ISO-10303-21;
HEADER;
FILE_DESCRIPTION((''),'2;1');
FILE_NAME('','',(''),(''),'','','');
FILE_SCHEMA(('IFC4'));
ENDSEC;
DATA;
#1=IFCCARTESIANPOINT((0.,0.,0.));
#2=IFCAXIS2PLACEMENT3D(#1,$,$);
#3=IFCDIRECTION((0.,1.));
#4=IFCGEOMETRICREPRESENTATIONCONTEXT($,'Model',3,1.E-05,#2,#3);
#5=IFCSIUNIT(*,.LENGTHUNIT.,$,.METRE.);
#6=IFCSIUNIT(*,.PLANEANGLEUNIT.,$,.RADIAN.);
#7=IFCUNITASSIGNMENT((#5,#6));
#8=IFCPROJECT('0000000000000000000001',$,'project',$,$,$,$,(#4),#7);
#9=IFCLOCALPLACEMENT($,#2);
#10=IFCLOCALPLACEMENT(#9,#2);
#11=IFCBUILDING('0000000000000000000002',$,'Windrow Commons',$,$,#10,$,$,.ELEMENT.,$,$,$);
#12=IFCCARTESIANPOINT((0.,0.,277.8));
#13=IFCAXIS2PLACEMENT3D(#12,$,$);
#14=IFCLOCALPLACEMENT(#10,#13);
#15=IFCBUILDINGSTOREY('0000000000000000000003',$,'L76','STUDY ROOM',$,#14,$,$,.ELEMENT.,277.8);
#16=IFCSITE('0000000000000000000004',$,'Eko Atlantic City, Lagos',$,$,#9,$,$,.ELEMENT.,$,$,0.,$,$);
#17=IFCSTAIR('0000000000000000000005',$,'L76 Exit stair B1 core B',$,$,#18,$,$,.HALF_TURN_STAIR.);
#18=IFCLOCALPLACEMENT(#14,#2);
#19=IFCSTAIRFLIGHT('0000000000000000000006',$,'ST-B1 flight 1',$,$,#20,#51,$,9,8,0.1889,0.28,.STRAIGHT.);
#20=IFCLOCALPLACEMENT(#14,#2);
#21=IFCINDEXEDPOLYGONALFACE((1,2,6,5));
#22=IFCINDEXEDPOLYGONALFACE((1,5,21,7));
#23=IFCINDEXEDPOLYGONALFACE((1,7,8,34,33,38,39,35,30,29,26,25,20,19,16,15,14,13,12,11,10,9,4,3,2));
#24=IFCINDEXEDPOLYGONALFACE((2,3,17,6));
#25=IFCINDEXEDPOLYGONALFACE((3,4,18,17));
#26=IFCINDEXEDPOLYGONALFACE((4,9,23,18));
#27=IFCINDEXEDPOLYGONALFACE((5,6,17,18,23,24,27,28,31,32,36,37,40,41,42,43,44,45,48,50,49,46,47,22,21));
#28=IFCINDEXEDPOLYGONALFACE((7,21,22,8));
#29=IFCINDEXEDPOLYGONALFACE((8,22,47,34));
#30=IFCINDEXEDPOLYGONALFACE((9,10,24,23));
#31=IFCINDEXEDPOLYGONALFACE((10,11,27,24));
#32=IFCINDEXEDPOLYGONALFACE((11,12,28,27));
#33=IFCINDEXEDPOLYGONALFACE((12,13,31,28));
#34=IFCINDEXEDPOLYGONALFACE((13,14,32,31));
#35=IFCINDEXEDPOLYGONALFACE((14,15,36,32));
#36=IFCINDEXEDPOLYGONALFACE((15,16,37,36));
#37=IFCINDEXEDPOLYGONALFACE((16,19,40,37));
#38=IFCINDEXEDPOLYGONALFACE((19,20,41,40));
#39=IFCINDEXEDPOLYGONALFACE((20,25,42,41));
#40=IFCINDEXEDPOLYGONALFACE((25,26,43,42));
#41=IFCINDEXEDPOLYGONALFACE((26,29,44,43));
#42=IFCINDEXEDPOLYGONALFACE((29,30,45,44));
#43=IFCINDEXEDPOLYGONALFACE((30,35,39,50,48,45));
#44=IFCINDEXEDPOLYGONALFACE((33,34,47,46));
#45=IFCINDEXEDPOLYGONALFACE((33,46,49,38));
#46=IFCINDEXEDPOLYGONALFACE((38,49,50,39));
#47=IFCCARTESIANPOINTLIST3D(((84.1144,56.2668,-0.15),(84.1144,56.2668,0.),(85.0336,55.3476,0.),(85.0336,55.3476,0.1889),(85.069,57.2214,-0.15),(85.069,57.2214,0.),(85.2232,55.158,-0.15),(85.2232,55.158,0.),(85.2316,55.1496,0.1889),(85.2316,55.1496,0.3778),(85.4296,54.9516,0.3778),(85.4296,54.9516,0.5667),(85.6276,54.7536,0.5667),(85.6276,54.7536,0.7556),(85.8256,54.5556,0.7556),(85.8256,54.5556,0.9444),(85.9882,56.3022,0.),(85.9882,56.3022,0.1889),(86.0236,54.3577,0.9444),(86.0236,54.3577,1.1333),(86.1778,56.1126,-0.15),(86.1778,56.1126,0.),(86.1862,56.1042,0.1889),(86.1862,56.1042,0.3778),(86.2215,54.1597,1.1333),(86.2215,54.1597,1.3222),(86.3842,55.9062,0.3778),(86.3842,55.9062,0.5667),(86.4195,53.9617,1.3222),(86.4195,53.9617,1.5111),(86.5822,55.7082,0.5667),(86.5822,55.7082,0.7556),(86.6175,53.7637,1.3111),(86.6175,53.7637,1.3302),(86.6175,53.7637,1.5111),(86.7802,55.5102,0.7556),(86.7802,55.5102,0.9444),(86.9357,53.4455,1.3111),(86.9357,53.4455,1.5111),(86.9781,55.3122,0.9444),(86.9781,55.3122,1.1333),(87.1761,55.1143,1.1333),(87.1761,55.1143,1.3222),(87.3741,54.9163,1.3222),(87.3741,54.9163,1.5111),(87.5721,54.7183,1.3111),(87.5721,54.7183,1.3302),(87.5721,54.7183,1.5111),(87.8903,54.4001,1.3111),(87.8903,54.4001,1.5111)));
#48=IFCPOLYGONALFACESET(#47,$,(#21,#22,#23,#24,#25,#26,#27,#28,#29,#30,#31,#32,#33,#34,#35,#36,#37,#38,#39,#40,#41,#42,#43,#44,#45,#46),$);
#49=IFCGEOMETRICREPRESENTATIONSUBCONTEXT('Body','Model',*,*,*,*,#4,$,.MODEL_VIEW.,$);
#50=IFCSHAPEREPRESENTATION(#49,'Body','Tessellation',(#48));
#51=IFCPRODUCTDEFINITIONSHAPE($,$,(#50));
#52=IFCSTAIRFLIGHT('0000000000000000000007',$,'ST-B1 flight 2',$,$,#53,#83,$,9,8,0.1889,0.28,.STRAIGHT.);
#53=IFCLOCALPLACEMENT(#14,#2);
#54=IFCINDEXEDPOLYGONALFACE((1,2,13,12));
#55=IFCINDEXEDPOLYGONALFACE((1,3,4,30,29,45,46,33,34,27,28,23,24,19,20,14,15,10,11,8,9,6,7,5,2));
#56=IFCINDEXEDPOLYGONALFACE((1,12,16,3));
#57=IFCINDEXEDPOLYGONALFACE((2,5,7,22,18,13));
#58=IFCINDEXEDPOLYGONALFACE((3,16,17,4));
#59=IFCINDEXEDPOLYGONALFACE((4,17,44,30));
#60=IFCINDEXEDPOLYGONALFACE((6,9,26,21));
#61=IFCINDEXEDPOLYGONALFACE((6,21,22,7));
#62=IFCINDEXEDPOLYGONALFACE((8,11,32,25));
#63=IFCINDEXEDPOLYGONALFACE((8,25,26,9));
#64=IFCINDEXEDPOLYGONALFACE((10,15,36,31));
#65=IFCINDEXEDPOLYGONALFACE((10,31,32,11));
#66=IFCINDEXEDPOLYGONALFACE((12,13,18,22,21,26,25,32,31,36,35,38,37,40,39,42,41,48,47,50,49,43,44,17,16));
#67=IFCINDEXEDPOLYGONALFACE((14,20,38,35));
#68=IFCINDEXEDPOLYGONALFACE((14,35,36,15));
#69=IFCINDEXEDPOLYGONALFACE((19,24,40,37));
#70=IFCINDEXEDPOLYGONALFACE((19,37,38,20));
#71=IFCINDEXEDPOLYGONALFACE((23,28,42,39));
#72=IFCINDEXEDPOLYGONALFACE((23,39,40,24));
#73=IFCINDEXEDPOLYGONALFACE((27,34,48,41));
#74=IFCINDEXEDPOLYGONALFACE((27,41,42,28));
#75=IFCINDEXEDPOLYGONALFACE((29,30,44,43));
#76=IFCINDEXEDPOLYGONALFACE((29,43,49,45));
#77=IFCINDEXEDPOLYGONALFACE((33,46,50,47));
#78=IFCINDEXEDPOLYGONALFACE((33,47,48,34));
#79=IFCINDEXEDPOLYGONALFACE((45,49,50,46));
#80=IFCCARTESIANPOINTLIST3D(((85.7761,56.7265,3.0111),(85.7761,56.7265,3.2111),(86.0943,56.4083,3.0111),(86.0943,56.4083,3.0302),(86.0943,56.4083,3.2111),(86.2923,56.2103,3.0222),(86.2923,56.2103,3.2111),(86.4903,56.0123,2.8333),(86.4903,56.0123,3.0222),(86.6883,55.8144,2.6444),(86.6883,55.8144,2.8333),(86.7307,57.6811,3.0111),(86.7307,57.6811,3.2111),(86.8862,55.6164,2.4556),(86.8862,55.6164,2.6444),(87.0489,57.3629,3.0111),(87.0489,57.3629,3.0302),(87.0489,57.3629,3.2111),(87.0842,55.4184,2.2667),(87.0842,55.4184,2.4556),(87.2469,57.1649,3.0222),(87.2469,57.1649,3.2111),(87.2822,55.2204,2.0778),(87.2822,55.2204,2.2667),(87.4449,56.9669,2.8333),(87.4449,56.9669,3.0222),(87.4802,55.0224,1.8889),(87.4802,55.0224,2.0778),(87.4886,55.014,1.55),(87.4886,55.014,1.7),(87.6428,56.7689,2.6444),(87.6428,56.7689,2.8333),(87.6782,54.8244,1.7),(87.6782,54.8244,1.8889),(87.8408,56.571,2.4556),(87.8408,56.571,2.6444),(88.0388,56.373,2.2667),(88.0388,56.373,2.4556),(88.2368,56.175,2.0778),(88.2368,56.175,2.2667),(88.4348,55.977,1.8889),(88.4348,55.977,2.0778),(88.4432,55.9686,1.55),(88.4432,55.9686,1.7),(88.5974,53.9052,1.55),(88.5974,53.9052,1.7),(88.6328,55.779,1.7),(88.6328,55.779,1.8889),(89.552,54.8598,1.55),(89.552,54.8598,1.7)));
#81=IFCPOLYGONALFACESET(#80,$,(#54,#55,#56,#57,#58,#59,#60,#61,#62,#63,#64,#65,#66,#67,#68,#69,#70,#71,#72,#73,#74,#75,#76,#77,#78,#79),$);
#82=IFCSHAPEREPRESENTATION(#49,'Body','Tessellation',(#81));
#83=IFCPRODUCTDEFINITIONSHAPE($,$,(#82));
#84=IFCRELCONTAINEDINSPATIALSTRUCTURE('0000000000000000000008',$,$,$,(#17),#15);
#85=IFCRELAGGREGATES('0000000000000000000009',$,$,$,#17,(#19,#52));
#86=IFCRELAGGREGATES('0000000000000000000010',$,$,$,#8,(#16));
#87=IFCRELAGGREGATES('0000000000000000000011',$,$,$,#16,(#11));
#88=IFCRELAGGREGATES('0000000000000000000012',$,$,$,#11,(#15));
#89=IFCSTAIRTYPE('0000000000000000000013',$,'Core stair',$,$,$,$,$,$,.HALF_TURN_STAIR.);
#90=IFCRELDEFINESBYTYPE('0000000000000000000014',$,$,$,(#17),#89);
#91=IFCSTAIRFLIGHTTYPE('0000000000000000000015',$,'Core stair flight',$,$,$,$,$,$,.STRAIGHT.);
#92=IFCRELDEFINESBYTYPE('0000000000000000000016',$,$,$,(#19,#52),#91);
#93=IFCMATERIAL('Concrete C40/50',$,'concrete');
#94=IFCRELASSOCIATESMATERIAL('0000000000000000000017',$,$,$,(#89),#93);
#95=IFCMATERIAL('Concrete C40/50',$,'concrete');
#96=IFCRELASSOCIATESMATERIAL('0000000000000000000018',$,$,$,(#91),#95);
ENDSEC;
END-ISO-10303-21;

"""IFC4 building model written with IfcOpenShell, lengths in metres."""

from ifc_helpers import new_model, si_unit, direction, frame, origin, place, context, subcontext, project, spatial, polyline, outline, extrude, material, type_object, element, aggregate, save


model = new_model("IFC4")

# Units and contexts
model_context = context("Model", 3, precision=1e-05, world=origin(), true_north=direction((0.0, 1.0)))
body_context = subcontext(model_context, "Body", "Model", "MODEL_VIEW")
ifc_project = project(units=[si_unit("LENGTHUNIT", "METRE"), si_unit("PLANEANGLEUNIT", "RADIAN")], contexts=[model_context])

# Site, building, storey
site_placement = place(None, origin())
site = spatial("IfcSite", under=ifc_project, at=site_placement, Name="Eko Atlantic City, Lagos", CompositionType="ELEMENT", RefElevation=0.0)
building_placement = place(site_placement, origin())
building = spatial("IfcBuilding", under=site, at=building_placement, Name="Windrow Commons", CompositionType="ELEMENT")
storey_placement = place(building_placement, frame((0.0, 0.0, 277.8)))
storey = spatial("IfcBuildingStorey", under=building, at=storey_placement, Name="L76", Description="STUDY ROOM", CompositionType="ELEMENT", Elevation=277.8)

# Stair, stair flights
ifc_material_1 = material(Name="Concrete C40/50", Category="concrete")
stair_type = type_object("IfcStairType", Name="Core stair", PredefinedType="HALF_TURN_STAIR", material=ifc_material_1)
stair_placement = place(storey_placement, origin())
stair = element("IfcStair", 1, at=stair_placement, inside=storey, type_object=stair_type, Name="L76 Exit stair B1 core B", PredefinedType="HALF_TURN_STAIR")
ifc_material_2 = material(Name="Concrete C40/50", Category="concrete")
stair_flight_type = type_object("IfcStairFlightType", Name="Core stair flight", PredefinedType="STRAIGHT", material=ifc_material_2)
stair_flight_1_placement = place(storey_placement, frame((85.5109, 55.8249, 0.0), z_axis=(0.0, 0.0, 1.0), x_axis=(0.707107, -0.707107, 0.0)))
stair_flight_1 = element("IfcStairFlight", 2, at=stair_flight_1_placement, type_object=stair_flight_type, Name="ST-B1 flight 1", NumberOfRisers=9, NumberOfTreads=8, PredefinedType="STRAIGHT", RiserHeight=0.1889, TreadLength=0.28, context=body_context, shape_type="SweptSolid", body=[
    extrude(outline(polyline([(-1.3, -0.15), (-1.3, 0.0), (0.0, 0.0), (0.0, 0.1889), (0.28, 0.1889), (0.28, 0.3778), (0.56, 0.3778), (0.56, 0.5667), (0.84, 0.5667), (0.84, 0.7556), (1.12, 0.7556), (1.12, 0.9444), (1.4, 0.9444), (1.4, 1.1333), (1.68, 1.1333), (1.68, 1.3222), (1.96, 1.3222), (1.96, 1.5111), (2.24, 1.5111), (2.69, 1.5111), (2.69, 1.3111), (2.24, 1.3111), (2.24, 1.3302), (0.2682, 0.0), (0.2682, -0.15), (-1.3, -0.15)])), frame((0.0, 0.675, 0.0), z_axis=(0.0, -1.0, 0.0), x_axis=(1.0, 0.0, 0.0)), (0.0, 0.0, 1.0), 1.35),
])
stair_flight_2_placement = place(storey_placement, frame((88.1555, 55.3017, 1.7), z_axis=(0.0, 0.0, 1.0), x_axis=(-0.707107, 0.707107, 0.0)))
stair_flight_2 = element("IfcStairFlight", 3, at=stair_flight_2_placement, type_object=stair_flight_type, Name="ST-B1 flight 2", NumberOfRisers=9, NumberOfTreads=8, PredefinedType="STRAIGHT", RiserHeight=0.1889, TreadLength=0.28, context=body_context, shape_type="SweptSolid", body=[
    extrude(outline(polyline([(-1.3, -0.15), (-1.3, 0.0), (0.0, 0.0), (0.0, 0.1889), (0.28, 0.1889), (0.28, 0.3778), (0.56, 0.3778), (0.56, 0.5667), (0.84, 0.5667), (0.84, 0.7556), (1.12, 0.7556), (1.12, 0.9444), (1.4, 0.9444), (1.4, 1.1333), (1.68, 1.1333), (1.68, 1.3222), (1.96, 1.3222), (1.96, 1.5111), (2.24, 1.5111), (2.69, 1.5111), (2.69, 1.3111), (2.24, 1.3111), (2.24, 1.3302), (0.2682, 0.0), (0.2682, -0.15), (-1.3, -0.15)])), frame((0.0, 0.675, 0.0), z_axis=(0.0, -1.0, 0.0), x_axis=(1.0, 0.0, 0.0)), (0.0, 0.0, 1.0), 1.35),
])
aggregate(stair, [stair_flight_1, stair_flight_2])

save(model, "model.ifc")
